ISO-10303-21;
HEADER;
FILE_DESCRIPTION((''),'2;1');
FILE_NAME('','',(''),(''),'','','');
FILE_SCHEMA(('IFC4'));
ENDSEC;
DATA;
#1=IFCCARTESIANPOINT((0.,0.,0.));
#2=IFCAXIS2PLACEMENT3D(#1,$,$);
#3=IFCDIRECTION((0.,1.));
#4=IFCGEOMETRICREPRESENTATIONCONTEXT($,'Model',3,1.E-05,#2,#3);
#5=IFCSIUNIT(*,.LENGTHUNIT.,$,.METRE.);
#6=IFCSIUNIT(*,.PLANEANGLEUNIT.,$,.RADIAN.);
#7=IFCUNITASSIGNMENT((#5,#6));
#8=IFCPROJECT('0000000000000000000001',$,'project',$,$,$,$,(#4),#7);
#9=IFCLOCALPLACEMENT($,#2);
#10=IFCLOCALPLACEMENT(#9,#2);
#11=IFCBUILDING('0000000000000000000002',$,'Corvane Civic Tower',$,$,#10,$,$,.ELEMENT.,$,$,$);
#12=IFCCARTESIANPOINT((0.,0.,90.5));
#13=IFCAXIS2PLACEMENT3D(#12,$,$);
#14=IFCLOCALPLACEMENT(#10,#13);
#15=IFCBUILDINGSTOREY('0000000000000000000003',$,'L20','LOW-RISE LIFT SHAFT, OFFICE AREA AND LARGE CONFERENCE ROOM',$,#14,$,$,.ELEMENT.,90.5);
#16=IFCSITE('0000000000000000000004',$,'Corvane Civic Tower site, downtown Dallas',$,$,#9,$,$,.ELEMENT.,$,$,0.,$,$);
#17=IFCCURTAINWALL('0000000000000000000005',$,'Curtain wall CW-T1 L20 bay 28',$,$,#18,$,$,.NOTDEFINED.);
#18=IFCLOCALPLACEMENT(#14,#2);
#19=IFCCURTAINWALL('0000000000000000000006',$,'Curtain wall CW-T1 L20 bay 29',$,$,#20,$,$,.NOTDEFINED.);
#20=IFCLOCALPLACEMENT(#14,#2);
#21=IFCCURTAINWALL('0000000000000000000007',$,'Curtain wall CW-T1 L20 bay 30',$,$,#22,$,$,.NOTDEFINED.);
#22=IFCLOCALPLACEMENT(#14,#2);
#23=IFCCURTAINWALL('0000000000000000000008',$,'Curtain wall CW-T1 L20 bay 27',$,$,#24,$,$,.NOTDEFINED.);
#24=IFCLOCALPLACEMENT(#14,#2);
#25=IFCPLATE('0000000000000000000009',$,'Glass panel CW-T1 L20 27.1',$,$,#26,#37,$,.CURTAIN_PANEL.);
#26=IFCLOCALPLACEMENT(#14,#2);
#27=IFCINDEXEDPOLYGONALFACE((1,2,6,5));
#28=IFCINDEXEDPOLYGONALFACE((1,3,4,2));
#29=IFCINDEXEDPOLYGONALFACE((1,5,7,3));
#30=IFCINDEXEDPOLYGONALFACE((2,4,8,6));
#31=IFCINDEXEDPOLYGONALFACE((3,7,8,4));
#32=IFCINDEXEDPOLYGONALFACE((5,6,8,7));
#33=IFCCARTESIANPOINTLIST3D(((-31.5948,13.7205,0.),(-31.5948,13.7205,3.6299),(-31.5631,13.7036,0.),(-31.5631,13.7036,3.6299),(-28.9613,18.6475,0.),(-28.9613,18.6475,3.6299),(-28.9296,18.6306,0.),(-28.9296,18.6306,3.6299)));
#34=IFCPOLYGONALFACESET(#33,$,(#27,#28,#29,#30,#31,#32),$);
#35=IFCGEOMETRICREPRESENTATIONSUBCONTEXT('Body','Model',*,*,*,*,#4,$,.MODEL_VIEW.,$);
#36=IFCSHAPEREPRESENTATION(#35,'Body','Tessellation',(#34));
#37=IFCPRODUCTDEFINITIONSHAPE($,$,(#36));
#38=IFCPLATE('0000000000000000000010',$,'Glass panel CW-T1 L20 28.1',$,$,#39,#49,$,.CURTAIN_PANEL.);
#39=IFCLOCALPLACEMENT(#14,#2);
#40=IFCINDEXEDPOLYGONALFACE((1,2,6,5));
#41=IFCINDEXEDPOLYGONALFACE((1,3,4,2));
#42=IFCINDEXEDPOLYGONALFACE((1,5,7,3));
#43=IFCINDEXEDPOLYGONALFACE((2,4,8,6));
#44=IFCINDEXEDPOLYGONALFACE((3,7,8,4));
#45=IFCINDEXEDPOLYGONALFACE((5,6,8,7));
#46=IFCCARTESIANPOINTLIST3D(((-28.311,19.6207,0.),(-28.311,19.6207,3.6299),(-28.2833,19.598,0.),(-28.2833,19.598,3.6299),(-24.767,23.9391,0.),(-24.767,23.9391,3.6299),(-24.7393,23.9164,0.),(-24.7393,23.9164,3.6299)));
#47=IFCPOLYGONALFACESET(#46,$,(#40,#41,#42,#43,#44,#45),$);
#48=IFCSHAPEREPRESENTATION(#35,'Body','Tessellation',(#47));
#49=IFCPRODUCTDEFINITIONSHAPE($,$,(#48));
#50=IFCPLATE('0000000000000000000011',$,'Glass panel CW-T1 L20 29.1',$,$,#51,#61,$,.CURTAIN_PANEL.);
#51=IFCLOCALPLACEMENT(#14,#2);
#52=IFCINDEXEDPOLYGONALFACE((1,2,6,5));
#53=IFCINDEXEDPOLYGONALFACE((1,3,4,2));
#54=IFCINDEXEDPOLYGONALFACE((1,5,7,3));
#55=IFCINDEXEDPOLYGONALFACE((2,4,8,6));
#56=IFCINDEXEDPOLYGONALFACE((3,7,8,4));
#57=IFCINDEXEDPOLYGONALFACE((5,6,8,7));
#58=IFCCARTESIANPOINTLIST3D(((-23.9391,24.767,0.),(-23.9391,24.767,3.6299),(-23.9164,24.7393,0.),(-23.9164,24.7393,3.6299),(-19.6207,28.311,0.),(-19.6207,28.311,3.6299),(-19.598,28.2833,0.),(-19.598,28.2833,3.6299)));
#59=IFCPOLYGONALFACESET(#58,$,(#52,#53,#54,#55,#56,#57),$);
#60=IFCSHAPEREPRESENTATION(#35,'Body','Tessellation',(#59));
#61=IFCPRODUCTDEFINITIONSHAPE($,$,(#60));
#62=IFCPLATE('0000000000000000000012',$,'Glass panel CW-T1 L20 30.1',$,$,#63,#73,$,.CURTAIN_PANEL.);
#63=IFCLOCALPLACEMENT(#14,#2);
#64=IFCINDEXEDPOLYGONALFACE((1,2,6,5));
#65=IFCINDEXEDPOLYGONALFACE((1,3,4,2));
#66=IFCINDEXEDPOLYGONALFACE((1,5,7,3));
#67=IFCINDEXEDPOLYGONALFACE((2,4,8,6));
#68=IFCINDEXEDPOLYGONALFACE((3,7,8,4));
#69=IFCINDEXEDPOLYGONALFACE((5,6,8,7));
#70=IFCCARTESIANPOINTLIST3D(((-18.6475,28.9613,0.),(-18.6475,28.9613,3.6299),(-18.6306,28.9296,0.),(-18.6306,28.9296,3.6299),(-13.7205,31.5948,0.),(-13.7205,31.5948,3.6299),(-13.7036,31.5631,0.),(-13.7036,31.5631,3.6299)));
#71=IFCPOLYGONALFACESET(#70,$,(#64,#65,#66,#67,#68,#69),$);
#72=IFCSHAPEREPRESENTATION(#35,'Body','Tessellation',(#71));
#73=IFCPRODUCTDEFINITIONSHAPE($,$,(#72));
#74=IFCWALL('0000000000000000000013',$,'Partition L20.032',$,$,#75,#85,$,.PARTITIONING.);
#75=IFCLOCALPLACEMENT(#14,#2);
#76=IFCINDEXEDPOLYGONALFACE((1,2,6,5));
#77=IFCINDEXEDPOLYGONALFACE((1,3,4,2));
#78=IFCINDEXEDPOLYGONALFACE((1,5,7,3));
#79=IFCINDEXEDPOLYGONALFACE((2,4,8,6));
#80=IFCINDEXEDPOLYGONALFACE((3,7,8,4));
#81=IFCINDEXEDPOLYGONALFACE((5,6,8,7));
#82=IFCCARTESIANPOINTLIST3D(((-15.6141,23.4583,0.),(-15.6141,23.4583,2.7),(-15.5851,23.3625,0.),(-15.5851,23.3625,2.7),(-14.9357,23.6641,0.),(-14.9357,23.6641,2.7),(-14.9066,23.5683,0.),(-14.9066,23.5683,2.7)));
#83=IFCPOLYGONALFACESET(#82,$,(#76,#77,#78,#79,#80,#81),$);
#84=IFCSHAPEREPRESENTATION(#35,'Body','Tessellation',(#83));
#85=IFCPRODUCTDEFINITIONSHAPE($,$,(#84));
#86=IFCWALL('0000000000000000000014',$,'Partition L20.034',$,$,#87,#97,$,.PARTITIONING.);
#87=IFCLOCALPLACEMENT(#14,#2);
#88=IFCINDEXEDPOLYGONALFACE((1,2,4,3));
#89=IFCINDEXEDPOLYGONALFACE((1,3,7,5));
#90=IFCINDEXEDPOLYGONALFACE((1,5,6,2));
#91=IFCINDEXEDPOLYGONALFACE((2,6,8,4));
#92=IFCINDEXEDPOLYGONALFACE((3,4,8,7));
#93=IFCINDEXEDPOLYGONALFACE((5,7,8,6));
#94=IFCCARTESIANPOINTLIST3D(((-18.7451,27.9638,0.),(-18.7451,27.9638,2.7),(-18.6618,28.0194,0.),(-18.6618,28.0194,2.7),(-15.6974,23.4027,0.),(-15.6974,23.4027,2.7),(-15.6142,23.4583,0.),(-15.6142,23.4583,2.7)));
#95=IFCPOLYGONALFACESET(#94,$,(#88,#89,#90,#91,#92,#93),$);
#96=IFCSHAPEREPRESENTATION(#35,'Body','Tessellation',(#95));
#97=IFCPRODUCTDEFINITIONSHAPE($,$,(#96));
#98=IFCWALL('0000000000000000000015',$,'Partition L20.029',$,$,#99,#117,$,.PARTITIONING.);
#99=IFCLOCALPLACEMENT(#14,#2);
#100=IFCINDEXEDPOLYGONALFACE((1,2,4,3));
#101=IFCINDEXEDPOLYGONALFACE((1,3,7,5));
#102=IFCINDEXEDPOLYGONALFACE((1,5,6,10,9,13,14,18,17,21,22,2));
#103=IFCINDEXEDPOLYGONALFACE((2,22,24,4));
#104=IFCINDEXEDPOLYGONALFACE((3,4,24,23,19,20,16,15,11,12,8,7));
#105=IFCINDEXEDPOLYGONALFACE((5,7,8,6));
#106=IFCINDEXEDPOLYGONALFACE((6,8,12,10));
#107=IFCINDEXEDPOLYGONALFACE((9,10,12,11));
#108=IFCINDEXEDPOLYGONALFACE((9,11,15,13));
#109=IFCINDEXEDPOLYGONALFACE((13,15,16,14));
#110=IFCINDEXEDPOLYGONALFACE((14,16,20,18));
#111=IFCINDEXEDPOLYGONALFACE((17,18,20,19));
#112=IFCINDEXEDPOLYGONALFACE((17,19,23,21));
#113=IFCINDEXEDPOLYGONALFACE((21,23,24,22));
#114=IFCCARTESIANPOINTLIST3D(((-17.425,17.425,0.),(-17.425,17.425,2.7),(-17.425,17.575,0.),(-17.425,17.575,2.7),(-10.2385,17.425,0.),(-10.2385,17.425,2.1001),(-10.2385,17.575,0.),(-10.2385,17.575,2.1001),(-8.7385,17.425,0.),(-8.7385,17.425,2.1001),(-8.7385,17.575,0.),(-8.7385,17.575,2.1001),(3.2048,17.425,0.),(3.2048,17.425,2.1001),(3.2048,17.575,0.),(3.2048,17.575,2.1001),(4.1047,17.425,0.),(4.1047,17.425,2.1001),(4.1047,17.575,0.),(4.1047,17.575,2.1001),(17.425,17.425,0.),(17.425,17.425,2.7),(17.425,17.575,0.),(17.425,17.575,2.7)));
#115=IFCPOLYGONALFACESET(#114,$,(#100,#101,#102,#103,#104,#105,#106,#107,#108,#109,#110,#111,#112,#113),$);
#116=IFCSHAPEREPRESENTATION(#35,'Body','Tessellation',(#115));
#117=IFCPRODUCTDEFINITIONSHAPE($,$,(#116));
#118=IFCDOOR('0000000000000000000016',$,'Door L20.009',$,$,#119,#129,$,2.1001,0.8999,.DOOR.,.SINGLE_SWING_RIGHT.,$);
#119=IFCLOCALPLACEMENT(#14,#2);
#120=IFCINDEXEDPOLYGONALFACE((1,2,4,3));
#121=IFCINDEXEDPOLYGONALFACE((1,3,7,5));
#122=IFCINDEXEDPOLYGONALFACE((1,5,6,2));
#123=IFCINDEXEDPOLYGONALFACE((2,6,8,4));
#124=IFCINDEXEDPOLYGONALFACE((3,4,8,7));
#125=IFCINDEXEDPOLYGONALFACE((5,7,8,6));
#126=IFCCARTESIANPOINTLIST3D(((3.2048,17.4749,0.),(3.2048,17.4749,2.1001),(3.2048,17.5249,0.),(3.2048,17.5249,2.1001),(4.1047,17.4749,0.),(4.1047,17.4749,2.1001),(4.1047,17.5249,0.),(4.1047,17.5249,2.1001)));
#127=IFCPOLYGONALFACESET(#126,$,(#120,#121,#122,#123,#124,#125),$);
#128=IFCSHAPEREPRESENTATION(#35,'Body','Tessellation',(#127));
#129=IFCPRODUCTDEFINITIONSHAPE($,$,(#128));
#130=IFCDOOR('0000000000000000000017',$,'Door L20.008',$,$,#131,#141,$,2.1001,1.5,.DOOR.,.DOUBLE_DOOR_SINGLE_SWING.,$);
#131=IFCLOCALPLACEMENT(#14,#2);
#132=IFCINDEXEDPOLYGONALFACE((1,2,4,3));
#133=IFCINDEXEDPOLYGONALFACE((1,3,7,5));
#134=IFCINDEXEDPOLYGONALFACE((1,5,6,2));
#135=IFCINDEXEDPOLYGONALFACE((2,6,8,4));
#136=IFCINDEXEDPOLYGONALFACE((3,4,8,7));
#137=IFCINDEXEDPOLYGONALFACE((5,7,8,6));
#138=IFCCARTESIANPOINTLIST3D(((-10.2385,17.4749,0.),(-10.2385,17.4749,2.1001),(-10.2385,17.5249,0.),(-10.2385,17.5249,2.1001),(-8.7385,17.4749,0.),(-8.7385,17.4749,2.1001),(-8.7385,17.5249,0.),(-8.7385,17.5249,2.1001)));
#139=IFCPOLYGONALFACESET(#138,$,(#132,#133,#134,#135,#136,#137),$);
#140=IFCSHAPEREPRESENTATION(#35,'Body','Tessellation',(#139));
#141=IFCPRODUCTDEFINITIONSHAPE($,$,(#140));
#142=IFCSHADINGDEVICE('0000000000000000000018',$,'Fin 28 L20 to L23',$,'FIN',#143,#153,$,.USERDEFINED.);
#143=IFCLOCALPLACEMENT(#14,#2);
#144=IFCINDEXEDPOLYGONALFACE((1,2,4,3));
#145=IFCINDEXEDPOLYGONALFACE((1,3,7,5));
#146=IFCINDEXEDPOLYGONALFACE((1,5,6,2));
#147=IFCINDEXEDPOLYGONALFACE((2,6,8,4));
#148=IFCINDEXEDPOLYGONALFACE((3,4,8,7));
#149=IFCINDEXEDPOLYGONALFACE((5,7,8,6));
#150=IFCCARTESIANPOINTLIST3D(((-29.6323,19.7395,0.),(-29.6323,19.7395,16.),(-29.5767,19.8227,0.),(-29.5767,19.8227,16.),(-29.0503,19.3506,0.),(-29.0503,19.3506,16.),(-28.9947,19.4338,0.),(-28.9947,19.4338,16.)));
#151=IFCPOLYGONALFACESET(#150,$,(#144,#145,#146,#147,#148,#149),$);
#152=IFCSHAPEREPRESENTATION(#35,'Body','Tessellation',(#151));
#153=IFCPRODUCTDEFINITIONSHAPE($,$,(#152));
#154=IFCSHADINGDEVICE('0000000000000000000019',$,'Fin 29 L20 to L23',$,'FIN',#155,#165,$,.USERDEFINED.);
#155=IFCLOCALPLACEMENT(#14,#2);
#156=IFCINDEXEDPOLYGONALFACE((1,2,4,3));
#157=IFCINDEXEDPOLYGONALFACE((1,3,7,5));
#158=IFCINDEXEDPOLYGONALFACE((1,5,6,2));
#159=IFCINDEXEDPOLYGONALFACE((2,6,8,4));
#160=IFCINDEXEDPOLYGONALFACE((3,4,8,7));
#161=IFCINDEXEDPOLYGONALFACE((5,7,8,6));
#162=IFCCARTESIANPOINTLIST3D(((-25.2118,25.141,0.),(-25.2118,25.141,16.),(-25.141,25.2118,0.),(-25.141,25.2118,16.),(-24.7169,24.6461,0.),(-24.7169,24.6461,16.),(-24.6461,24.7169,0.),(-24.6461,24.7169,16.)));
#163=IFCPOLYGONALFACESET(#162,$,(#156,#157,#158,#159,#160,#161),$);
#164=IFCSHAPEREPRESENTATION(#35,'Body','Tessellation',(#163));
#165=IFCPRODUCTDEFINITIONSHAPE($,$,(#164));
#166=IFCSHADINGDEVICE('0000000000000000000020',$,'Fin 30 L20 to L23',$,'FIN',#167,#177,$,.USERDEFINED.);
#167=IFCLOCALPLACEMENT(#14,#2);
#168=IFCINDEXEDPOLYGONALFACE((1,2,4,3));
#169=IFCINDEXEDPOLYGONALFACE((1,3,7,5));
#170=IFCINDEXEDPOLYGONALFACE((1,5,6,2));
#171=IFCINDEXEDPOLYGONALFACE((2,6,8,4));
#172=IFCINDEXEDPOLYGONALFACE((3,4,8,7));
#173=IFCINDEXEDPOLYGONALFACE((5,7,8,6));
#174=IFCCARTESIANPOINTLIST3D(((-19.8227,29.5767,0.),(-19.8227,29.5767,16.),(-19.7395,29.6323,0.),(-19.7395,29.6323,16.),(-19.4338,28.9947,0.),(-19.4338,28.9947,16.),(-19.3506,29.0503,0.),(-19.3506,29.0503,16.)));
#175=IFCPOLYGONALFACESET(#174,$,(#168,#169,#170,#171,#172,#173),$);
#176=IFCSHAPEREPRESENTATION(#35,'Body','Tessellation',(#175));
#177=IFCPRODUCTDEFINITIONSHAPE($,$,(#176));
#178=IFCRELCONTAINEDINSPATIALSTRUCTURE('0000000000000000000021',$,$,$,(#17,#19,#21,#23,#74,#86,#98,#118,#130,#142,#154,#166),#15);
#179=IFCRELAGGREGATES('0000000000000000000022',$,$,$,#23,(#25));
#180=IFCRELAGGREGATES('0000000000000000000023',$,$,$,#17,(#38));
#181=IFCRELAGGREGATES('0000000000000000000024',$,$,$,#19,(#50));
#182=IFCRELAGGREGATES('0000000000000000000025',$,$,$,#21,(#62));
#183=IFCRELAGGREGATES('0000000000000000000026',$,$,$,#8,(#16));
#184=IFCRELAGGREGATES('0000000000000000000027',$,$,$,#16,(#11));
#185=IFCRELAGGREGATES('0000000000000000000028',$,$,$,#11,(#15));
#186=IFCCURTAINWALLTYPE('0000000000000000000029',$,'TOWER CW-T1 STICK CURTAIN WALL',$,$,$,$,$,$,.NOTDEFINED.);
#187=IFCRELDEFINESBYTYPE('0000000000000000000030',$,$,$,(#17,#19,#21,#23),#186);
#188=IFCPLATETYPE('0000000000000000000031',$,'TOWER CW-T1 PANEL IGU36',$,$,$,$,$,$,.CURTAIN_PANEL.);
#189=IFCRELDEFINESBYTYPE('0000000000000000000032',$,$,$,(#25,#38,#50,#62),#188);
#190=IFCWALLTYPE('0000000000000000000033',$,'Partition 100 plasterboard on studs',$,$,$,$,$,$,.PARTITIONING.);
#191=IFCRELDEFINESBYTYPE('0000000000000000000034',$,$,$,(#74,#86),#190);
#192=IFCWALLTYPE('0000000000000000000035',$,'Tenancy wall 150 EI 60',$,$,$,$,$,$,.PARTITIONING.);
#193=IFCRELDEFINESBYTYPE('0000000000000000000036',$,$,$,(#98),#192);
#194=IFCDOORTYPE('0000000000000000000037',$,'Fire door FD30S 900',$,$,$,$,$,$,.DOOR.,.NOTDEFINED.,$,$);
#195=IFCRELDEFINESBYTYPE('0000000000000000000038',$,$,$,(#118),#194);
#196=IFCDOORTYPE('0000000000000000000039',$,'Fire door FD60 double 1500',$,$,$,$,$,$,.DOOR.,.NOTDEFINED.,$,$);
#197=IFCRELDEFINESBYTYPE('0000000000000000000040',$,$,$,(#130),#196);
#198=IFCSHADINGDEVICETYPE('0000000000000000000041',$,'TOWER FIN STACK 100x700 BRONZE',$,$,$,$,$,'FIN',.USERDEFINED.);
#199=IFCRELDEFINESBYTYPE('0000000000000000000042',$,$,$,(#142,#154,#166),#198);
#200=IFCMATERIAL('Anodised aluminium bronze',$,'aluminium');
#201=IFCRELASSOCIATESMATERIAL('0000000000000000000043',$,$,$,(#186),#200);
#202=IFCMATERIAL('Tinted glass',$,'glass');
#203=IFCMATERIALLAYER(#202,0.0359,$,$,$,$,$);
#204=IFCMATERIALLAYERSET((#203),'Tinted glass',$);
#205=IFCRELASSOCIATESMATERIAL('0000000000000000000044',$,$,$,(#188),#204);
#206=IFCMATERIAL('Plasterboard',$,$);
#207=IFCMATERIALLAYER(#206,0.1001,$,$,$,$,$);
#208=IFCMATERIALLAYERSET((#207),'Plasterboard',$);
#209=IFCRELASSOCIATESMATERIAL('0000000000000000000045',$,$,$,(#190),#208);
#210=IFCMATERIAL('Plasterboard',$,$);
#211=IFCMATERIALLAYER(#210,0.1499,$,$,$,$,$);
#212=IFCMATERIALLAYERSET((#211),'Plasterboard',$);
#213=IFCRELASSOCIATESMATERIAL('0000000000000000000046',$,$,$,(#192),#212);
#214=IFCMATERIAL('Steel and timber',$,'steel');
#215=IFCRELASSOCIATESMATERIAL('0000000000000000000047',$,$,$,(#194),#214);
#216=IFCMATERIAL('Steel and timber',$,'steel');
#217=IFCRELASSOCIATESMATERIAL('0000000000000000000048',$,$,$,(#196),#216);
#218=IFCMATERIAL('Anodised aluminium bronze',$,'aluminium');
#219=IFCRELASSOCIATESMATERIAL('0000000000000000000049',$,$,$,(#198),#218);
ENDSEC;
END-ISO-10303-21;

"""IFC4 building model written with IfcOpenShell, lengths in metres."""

from ifc_helpers import new_model, si_unit, direction, frame, frame_2d, origin, origin_2d, place, context, subcontext, project, spatial, rectangle, extrude, material, layer, layer_set, material_profile, profile_set, type_object, element, fill, aggregate, save


model = new_model("IFC4")

# Units and contexts
model_context = context("Model", 3, precision=1e-05, world=origin(), true_north=direction((0.0, 1.0)))
body_context = subcontext(model_context, "Body", "Model", "MODEL_VIEW")
ifc_project = project(units=[si_unit("LENGTHUNIT", "METRE"), si_unit("PLANEANGLEUNIT", "RADIAN")], contexts=[model_context])

# Site, building, storey
site_placement = place(None, origin())
site = spatial("IfcSite", under=ifc_project, at=site_placement, Name="Corvane Civic Tower site, downtown Dallas", CompositionType="ELEMENT", RefElevation=0.0)
building_placement = place(site_placement, origin())
building = spatial("IfcBuilding", under=site, at=building_placement, Name="Corvane Civic Tower", CompositionType="ELEMENT")
storey_placement = place(building_placement, frame((0.0, 0.0, 90.5)))
storey = spatial("IfcBuildingStorey", under=building, at=storey_placement, Name="L20", Description="LOW-RISE LIFT SHAFT, OFFICE AREA AND LARGE CONFERENCE ROOM", CompositionType="ELEMENT", Elevation=90.5)

# Curtain walls
ifc_material_1 = material(Name="Anodised aluminium bronze", Category="aluminium")
curtain_wall_type = type_object("IfcCurtainWallType", Name="TOWER CW-T1 STICK CURTAIN WALL", PredefinedType="NOTDEFINED", material=ifc_material_1)
curtain_wall_1_placement = place(storey_placement, origin())
curtain_wall_1 = element("IfcCurtainWall", 1, at=curtain_wall_1_placement, inside=storey, type_object=curtain_wall_type, Name="Curtain wall CW-T1 L20 bay 28", PredefinedType="NOTDEFINED")
curtain_wall_2_placement = place(storey_placement, origin())
curtain_wall_2 = element("IfcCurtainWall", 2, at=curtain_wall_2_placement, inside=storey, type_object=curtain_wall_type, Name="Curtain wall CW-T1 L20 bay 29", PredefinedType="NOTDEFINED")
curtain_wall_3_placement = place(storey_placement, origin())
curtain_wall_3 = element("IfcCurtainWall", 3, at=curtain_wall_3_placement, inside=storey, type_object=curtain_wall_type, Name="Curtain wall CW-T1 L20 bay 30", PredefinedType="NOTDEFINED")

# Curtain wall, plate
curtain_wall_4_placement = place(storey_placement, origin())
curtain_wall_4 = element("IfcCurtainWall", 4, at=curtain_wall_4_placement, inside=storey, type_object=curtain_wall_type, Name="Curtain wall CW-T1 L20 bay 27", PredefinedType="NOTDEFINED")
ifc_material_2 = material(Name="Tinted glass", Category="glass")
ifc_layer_1 = layer(ifc_material_2, 0.0359)
ifc_layer_set_1 = layer_set([ifc_layer_1], Name="Tinted glass")
plate_type = type_object("IfcPlateType", Name="TOWER CW-T1 PANEL IGU36", PredefinedType="CURTAIN_PANEL", material=ifc_layer_set_1)
plate_1_placement = place(storey_placement, frame((-30.2622, 16.1755, 0.0), z_axis=(0.0, 0.0, 1.0), x_axis=(0.471392, 0.881924, 0.0)))
plate_1 = element("IfcPlate", 5, at=plate_1_placement, type_object=plate_type, Name="Glass panel CW-T1 L20 27.1", PredefinedType="CURTAIN_PANEL", context=body_context, shape_type="SweptSolid", body=[
    extrude(rectangle(XDim=5.5867, YDim=0.0359, at=origin_2d()), origin(), (0.0, 0.0, 1.0), 3.6299),
])
aggregate(curtain_wall_4, [plate_1])

# Plates
plate_2_placement = place(storey_placement, frame((-26.5251, 21.7686, 0.0), z_axis=(0.0, 0.0, 1.0), x_axis=(0.63439, 0.773013, 0.0)))
plate_2 = element("IfcPlate", 6, at=plate_2_placement, type_object=plate_type, Name="Glass panel CW-T1 L20 28.1", PredefinedType="CURTAIN_PANEL", context=body_context, shape_type="SweptSolid", body=[
    extrude(rectangle(XDim=5.5864, YDim=0.0359, at=origin_2d()), origin(), (0.0, 0.0, 1.0), 3.6299),
])
aggregate(curtain_wall_1, [plate_2])
plate_3_placement = place(storey_placement, frame((-21.7686, 26.5251, 0.0), z_axis=(0.0, 0.0, 1.0), x_axis=(0.773013, 0.63439, 0.0)))
plate_3 = element("IfcPlate", 7, at=plate_3_placement, type_object=plate_type, Name="Glass panel CW-T1 L20 29.1", PredefinedType="CURTAIN_PANEL", context=body_context, shape_type="SweptSolid", body=[
    extrude(rectangle(XDim=5.5864, YDim=0.0359, at=origin_2d()), origin(), (0.0, 0.0, 1.0), 3.6299),
])
aggregate(curtain_wall_2, [plate_3])
plate_4_placement = place(storey_placement, frame((-16.1755, 30.2622, 0.0), z_axis=(0.0, 0.0, 1.0), x_axis=(0.881924, 0.471392, 0.0)))
plate_4 = element("IfcPlate", 8, at=plate_4_placement, type_object=plate_type, Name="Glass panel CW-T1 L20 30.1", PredefinedType="CURTAIN_PANEL", context=body_context, shape_type="SweptSolid", body=[
    extrude(rectangle(XDim=5.5867, YDim=0.0359, at=origin_2d()), origin(), (0.0, 0.0, 1.0), 3.6299),
])
aggregate(curtain_wall_3, [plate_4])

# Walls
ifc_material_3 = material(Name="Plasterboard")
ifc_layer_2 = layer(ifc_material_3, 0.1001)
ifc_layer_set_2 = layer_set([ifc_layer_2], Name="Plasterboard")
wall_type_1 = type_object("IfcWallType", Name="Partition 100 plasterboard on studs", PredefinedType="PARTITIONING", material=ifc_layer_set_2)
wall_1_placement = place(storey_placement, frame((-15.5996, 23.4104, 0.0), z_axis=(0.0, 0.0, 1.0), x_axis=(0.95694, 0.290285, 0.0)))
element("IfcWall", 9, at=wall_1_placement, inside=storey, type_object=wall_type_1, Name="Partition L20.032", PredefinedType="PARTITIONING", context=body_context, shape_type="SweptSolid", body=[
    extrude(rectangle(XDim=0.709, YDim=0.1001, at=frame_2d((0.3545, 0.0))), origin(), (0.0, 0.0, 1.0), 2.7),
])
wall_2_placement = place(storey_placement, frame((-18.7034, 27.9915, 0.0), z_axis=(0.0, 0.0, 1.0), x_axis=(0.555573, -0.831468, 0.0)))
element("IfcWall", 10, at=wall_2_placement, inside=storey, type_object=wall_type_1, Name="Partition L20.034", PredefinedType="PARTITIONING", context=body_context, shape_type="SweptSolid", body=[
    extrude(rectangle(XDim=5.4856, YDim=0.1001, at=frame_2d((2.7427, 0.0))), origin(), (0.0, 0.0, 1.0), 2.7),
])

# Wall, openings, doors
ifc_material_4 = material(Name="Plasterboard")
ifc_layer_3 = layer(ifc_material_4, 0.1499)
ifc_layer_set_3 = layer_set([ifc_layer_3], Name="Plasterboard")
wall_type_2 = type_object("IfcWallType", Name="Tenancy wall 150 EI 60", PredefinedType="PARTITIONING", material=ifc_layer_set_3)
wall_3_placement = place(storey_placement, frame((-17.425, 17.5, 0.0), z_axis=(0.0, 0.0, 1.0), x_axis=(1.0, 0.0, 0.0)))
wall_3 = element("IfcWall", 11, at=wall_3_placement, inside=storey, type_object=wall_type_2, Name="Partition L20.029", PredefinedType="PARTITIONING", context=body_context, shape_type="SweptSolid", body=[
    extrude(rectangle(XDim=34.8501, YDim=0.1499, at=frame_2d((17.425, 0.0))), origin(), (0.0, 0.0, 1.0), 2.7),
])
opening_1_placement = place(wall_3_placement, frame((7.1865, 0.0, 0.0)))
opening_1 = element("IfcOpeningElement", 12, at=opening_1_placement, cuts=wall_3, PredefinedType="OPENING", context=body_context, shape_type="SweptSolid", body=[
    extrude(rectangle(XDim=1.5, YDim=2.1001, at=frame_2d((0.75, 1.05))), frame((0.0, 0.085, 0.0), z_axis=(0.0, -1.0, 0.0), x_axis=(1.0, 0.0, 0.0)), (0.0, 0.0, 1.0), 0.1699),
])
opening_2_placement = place(wall_3_placement, frame((20.6299, 0.0, 0.0)))
opening_2 = element("IfcOpeningElement", 13, at=opening_2_placement, cuts=wall_3, PredefinedType="OPENING", context=body_context, shape_type="SweptSolid", body=[
    extrude(rectangle(XDim=0.8999, YDim=2.1001, at=frame_2d((0.45, 1.05))), frame((0.0, 0.085, 0.0), z_axis=(0.0, -1.0, 0.0), x_axis=(1.0, 0.0, 0.0)), (0.0, 0.0, 1.0), 0.1699),
])
ifc_material_5 = material(Name="Steel and timber", Category="steel")
door_type_1 = type_object("IfcDoorType", Name="Fire door FD30S 900", OperationType="NOTDEFINED", PredefinedType="DOOR", material=ifc_material_5)
door_1_placement = place(opening_2_placement, origin())
door_1 = element("IfcDoor", 14, at=door_1_placement, inside=storey, type_object=door_type_1, Name="Door L20.009", OperationType="SINGLE_SWING_RIGHT", OverallHeight=2.1001, OverallWidth=0.8999, PredefinedType="DOOR", context=body_context, shape_type="SweptSolid", body=[
    extrude(rectangle(XDim=0.8999, YDim=2.1001, at=frame_2d((0.45, 1.05))), frame((0.0, 0.0249, 0.0), z_axis=(0.0, -1.0, 0.0), x_axis=(1.0, 0.0, 0.0)), (0.0, 0.0, 1.0), 0.05),
])
fill(opening_2, door_1)
ifc_material_6 = material(Name="Steel and timber", Category="steel")
door_type_2 = type_object("IfcDoorType", Name="Fire door FD60 double 1500", OperationType="NOTDEFINED", PredefinedType="DOOR", material=ifc_material_6)
door_2_placement = place(opening_1_placement, origin())
door_2 = element("IfcDoor", 15, at=door_2_placement, inside=storey, type_object=door_type_2, Name="Door L20.008", OperationType="DOUBLE_DOOR_SINGLE_SWING", OverallHeight=2.1001, OverallWidth=1.5, PredefinedType="DOOR", context=body_context, shape_type="SweptSolid", body=[
    extrude(rectangle(XDim=1.5, YDim=2.1001, at=frame_2d((0.75, 1.05))), frame((0.0, 0.0249, 0.0), z_axis=(0.0, -1.0, 0.0), x_axis=(1.0, 0.0, 0.0)), (0.0, 0.0, 1.0), 0.05),
])
fill(opening_1, door_2)

# Shading devices
ifc_material_7 = material(Name="Anodised aluminium bronze", Category="aluminium")
ifc_material_profile_1 = material_profile(ifc_material_7, rectangle(XDim=0.1001, YDim=0.7, at=origin_2d()), Name="TOWER FIN STACK 100x700 BRONZE")
ifc_profile_set_1 = profile_set([ifc_material_profile_1], Name="Anodised aluminium bronze")
shading_device_type = type_object("IfcShadingDeviceType", Name="TOWER FIN STACK 100x700 BRONZE", ElementType="FIN", PredefinedType="USERDEFINED", material=ifc_profile_set_1)
for number, where, z_axis, x_axis, name in (
    (16, (-29.3135, 19.5867, 0.0), (0.0, 0.0, 1.0), (0.55557, 0.83147, 0.0), "Fin 28 L20 to L23"),
    (17, (-24.929, 24.929, 0.0), (0.0, 0.0, 1.0), (0.707107, 0.707107, 0.0), "Fin 29 L20 to L23"),
    (18, (-19.5867, 29.3135, 0.0), (0.0, 0.0, 1.0), (0.83147, 0.55557, 0.0), "Fin 30 L20 to L23"),
):
    element("IfcShadingDevice", number, at=place(storey_placement, frame(where, z_axis=z_axis, x_axis=x_axis)), inside=storey, type_object=shading_device_type, Name=name, ObjectType="FIN", PredefinedType="USERDEFINED", context=body_context, shape_type="SweptSolid", body=[
        extrude(rectangle(XDim=0.1001, YDim=0.7, at=origin_2d()), origin(), (0.0, 0.0, 1.0), 16.0),
    ])

save(model, "model.ifc")
